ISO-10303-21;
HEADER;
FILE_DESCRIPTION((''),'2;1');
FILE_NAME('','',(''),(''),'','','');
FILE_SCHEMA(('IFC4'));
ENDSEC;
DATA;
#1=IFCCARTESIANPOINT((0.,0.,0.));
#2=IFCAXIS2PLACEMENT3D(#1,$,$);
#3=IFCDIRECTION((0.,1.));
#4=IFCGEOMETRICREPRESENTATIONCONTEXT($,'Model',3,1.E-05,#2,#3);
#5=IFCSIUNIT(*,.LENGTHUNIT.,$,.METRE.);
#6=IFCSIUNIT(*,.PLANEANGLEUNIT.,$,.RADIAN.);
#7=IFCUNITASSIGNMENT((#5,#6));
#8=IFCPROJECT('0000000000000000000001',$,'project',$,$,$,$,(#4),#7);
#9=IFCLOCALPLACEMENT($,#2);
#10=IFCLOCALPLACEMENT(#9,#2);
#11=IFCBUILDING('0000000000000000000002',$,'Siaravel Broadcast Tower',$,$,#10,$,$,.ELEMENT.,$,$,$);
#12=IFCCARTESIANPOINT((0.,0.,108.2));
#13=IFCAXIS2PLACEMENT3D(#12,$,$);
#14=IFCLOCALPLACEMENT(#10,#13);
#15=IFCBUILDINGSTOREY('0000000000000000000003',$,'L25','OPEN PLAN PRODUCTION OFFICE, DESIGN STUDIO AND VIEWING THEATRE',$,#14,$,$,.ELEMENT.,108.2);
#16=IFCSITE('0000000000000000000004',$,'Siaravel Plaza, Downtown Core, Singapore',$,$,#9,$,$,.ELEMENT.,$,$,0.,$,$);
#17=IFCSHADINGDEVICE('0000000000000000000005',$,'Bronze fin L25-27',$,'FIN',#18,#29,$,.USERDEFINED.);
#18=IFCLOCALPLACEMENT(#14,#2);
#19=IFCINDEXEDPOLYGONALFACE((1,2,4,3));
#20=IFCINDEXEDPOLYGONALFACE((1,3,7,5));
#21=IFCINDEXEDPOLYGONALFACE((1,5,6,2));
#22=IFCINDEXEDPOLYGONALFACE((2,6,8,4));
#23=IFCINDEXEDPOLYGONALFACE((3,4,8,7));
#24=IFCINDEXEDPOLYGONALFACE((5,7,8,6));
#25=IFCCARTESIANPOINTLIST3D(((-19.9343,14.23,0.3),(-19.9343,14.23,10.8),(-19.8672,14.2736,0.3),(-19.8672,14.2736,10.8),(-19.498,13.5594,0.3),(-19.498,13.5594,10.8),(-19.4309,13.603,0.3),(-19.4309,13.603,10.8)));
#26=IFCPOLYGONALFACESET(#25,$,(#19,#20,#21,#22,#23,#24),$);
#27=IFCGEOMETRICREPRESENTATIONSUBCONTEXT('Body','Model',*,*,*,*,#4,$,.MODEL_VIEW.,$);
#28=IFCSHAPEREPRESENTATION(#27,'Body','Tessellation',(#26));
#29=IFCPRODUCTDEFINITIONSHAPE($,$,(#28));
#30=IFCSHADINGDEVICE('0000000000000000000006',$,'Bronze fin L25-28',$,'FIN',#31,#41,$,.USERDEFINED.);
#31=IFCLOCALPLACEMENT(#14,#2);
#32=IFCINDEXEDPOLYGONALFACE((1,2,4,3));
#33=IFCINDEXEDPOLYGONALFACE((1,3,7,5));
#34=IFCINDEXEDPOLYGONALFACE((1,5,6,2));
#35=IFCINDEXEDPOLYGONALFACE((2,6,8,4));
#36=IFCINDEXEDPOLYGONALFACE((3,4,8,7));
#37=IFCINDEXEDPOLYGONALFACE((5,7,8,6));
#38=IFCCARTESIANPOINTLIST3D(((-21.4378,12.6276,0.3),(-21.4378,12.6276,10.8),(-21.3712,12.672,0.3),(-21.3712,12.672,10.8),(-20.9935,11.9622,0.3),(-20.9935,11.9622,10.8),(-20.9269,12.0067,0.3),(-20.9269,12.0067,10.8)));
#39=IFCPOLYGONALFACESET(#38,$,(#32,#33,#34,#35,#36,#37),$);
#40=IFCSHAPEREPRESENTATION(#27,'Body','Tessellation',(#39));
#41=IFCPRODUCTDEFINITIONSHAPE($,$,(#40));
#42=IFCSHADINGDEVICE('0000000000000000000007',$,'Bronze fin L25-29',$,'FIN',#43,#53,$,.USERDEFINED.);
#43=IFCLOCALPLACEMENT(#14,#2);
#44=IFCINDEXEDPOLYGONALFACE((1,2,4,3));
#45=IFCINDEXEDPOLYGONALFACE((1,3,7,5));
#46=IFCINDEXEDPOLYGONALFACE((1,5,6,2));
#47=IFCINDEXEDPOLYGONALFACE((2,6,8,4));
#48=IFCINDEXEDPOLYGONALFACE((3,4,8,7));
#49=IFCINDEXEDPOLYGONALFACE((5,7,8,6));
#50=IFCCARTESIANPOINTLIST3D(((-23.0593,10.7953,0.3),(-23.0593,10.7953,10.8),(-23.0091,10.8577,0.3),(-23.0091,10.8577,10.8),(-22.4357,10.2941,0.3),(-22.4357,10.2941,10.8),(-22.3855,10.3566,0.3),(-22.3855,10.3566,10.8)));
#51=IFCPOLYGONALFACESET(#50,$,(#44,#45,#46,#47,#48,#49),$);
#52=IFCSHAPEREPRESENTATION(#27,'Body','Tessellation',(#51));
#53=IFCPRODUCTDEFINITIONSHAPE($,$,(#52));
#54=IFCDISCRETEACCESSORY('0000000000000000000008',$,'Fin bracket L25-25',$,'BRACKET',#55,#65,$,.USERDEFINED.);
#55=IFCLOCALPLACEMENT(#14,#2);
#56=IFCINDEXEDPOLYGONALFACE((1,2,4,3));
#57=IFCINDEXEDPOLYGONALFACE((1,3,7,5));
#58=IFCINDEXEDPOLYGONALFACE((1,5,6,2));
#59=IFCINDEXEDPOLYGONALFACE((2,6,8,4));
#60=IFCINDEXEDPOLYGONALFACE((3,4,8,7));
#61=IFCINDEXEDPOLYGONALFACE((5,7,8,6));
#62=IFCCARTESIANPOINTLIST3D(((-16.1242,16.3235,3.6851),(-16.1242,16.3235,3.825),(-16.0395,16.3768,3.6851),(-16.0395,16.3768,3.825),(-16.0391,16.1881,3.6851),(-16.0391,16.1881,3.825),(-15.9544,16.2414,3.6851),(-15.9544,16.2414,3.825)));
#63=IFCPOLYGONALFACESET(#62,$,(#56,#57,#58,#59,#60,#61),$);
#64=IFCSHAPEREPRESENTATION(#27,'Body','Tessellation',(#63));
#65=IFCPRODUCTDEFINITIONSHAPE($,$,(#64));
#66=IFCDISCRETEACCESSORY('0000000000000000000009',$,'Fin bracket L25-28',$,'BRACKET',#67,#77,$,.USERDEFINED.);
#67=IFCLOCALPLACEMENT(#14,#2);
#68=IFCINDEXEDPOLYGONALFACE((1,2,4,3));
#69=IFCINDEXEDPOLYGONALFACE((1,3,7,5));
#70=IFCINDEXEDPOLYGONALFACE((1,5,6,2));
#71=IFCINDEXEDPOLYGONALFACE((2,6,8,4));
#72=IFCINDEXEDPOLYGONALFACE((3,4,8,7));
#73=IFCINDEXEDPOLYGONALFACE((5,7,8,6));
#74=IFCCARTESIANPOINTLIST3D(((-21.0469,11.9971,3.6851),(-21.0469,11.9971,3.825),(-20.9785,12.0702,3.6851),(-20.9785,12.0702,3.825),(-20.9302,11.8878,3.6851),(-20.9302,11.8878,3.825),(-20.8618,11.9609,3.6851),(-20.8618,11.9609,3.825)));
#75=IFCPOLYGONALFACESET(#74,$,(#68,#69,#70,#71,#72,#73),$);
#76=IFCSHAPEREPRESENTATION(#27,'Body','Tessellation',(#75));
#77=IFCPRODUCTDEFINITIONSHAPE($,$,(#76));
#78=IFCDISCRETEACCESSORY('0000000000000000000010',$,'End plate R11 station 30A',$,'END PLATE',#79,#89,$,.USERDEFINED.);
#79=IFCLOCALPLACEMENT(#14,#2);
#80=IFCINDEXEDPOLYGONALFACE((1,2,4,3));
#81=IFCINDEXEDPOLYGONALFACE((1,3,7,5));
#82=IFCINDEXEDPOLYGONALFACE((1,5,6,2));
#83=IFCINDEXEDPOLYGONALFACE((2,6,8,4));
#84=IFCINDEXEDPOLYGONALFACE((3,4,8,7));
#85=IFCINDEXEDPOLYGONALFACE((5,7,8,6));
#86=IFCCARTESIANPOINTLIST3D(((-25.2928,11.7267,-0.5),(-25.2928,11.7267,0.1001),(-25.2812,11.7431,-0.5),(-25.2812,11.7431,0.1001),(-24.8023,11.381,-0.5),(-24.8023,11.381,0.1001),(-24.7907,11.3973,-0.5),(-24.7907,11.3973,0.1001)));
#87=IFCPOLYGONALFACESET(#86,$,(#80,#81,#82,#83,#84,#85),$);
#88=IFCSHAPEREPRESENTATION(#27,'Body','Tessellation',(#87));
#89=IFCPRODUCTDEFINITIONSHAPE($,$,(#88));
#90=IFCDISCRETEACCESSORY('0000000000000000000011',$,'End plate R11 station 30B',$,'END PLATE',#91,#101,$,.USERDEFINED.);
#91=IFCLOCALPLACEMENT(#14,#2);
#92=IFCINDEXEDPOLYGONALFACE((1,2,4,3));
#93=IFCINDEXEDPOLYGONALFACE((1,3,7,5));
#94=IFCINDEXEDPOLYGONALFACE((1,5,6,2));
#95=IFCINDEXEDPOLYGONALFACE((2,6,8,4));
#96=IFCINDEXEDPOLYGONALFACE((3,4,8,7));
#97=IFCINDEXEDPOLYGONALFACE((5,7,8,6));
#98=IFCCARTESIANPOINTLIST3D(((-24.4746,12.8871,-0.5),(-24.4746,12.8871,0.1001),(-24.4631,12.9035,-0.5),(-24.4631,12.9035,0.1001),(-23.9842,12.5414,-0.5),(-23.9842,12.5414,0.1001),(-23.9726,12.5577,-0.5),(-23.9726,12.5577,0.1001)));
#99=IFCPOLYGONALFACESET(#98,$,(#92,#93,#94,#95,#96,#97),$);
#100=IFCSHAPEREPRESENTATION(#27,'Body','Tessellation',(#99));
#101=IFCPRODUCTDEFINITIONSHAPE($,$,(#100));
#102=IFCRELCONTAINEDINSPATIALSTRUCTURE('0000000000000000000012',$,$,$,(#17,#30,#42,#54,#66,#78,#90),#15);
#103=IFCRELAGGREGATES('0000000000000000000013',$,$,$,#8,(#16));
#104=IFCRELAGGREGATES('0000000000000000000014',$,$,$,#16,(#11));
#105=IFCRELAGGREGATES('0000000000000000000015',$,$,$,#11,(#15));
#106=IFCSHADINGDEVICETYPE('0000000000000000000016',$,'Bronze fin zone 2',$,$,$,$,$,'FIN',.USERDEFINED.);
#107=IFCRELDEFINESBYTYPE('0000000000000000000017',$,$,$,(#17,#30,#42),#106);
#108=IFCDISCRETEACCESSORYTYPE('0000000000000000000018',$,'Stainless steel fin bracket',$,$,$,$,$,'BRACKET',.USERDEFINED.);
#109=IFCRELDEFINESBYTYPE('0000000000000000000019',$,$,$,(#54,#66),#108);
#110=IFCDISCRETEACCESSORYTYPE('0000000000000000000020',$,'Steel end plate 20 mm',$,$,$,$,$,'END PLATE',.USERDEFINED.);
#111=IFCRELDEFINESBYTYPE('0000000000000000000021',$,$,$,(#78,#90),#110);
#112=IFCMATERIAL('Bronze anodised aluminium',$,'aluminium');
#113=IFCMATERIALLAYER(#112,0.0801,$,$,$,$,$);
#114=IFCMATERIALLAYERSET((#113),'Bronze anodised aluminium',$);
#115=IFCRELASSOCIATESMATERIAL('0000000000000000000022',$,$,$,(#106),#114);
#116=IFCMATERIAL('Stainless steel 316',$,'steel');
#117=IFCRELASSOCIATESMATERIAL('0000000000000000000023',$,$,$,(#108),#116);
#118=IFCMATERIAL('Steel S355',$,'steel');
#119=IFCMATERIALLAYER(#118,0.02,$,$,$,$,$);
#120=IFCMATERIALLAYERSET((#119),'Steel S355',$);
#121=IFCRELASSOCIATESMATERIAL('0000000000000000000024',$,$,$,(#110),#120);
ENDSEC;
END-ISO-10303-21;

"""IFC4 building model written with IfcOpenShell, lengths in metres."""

from ifc_helpers import new_model, si_unit, direction, frame, origin, origin_2d, place, context, subcontext, project, spatial, rectangle, extrude, material, layer, layer_set, type_object, element, save


model = new_model("IFC4")

# Units and contexts
model_context = context("Model", 3, precision=1e-05, world=origin(), true_north=direction((0.0, 1.0)))
body_context = subcontext(model_context, "Body", "Model", "MODEL_VIEW")
ifc_project = project(units=[si_unit("LENGTHUNIT", "METRE"), si_unit("PLANEANGLEUNIT", "RADIAN")], contexts=[model_context])

# Site, building, storey
site_placement = place(None, origin())
site = spatial("IfcSite", under=ifc_project, at=site_placement, Name="Siaravel Plaza, Downtown Core, Singapore", CompositionType="ELEMENT", RefElevation=0.0)
building_placement = place(site_placement, origin())
building = spatial("IfcBuilding", under=site, at=building_placement, Name="Siaravel Broadcast Tower", CompositionType="ELEMENT")
storey_placement = place(building_placement, frame((0.0, 0.0, 108.2)))
storey = spatial("IfcBuildingStorey", under=building, at=storey_placement, Name="L25", Description="OPEN PLAN PRODUCTION OFFICE, DESIGN STUDIO AND VIEWING THEATRE", CompositionType="ELEMENT", Elevation=108.2)

# Shared definitions
ifc_material_1 = material(Name="Steel S355", Category="steel")

# Shading devices
ifc_material_2 = material(Name="Bronze anodised aluminium", Category="aluminium")
ifc_layer_1 = layer(ifc_material_2, 0.0801)
ifc_layer_set_1 = layer_set([ifc_layer_1], Name="Bronze anodised aluminium")
shading_device_type = type_object("IfcShadingDeviceType", Name="Bronze fin zone 2", ElementType="FIN", PredefinedType="USERDEFINED", material=ifc_layer_set_1)
for number, where, z_axis, x_axis, name in (
    (1, (-19.6826, 13.9165, 0.3), (0.0, 0.0, 1.0), (-0.545381, 0.838188, 0.0), "Bronze fin L25-27"),
    (2, (-21.1824, 12.3171, 0.3), (0.0, 0.0, 1.0), (-0.555386, 0.831593, 0.0), "Bronze fin L25-28"),
    (3, (-22.7224, 10.5759, 0.3), (0.0, 0.0, 1.0), (-0.779482, 0.626424, 0.0), "Bronze fin L25-29"),
):
    element("IfcShadingDevice", number, at=place(storey_placement, frame(where, z_axis=z_axis, x_axis=x_axis)), inside=storey, type_object=shading_device_type, Name=name, ObjectType="FIN", PredefinedType="USERDEFINED", context=body_context, shape_type="SweptSolid", body=[
        extrude(rectangle(XDim=0.8, YDim=0.0801, at=origin_2d()), origin(), (0.0, 0.0, 1.0), 10.5),
    ])

# Discrete accessories
ifc_material_3 = material(Name="Stainless steel 316", Category="steel")
discrete_accessory_type_1 = type_object("IfcDiscreteAccessoryType", Name="Stainless steel fin bracket", ElementType="BRACKET", PredefinedType="USERDEFINED", material=ifc_material_3)
for number, where, z_axis, x_axis, name in (
    (4, (-16.0393, 16.2825, 3.6851), (0.0, 0.0, 1.0), (-0.532149, 0.84665, 0.0), "Fin bracket L25-25"),
    (5, (-20.9543, 11.979, 3.6851), (0.0, 0.0, 1.0), (-0.729804, 0.683656, 0.0), "Fin bracket L25-28"),
):
    element("IfcDiscreteAccessory", number, at=place(storey_placement, frame(where, z_axis=z_axis, x_axis=x_axis)), inside=storey, type_object=discrete_accessory_type_1, Name=name, ObjectType="BRACKET", PredefinedType="USERDEFINED", context=body_context, shape_type="SweptSolid", body=[
        extrude(rectangle(XDim=0.1599, YDim=0.1001, at=origin_2d()), origin(), (0.0, 0.0, 1.0), 0.1399),
    ])
ifc_layer_2 = layer(ifc_material_1, 0.02)
ifc_layer_set_2 = layer_set([ifc_layer_2], Name="Steel S355")
discrete_accessory_type_2 = type_object("IfcDiscreteAccessoryType", Name="Steel end plate 20 mm", ElementType="END PLATE", PredefinedType="USERDEFINED", material=ifc_layer_set_2)
for number, where, z_axis, x_axis, name in (
    (6, (-25.0417, 11.562, -0.5), (0.0, 0.0, 1.0), (-0.57612, -0.817365, 0.0), "End plate R11 station 30A"),
    (7, (-24.2236, 12.7224, -0.5), (0.0, 0.0, 1.0), (-0.57612, -0.817365, 0.0), "End plate R11 station 30B"),
):
    element("IfcDiscreteAccessory", number, at=place(storey_placement, frame(where, z_axis=z_axis, x_axis=x_axis)), inside=storey, type_object=discrete_accessory_type_2, Name=name, ObjectType="END PLATE", PredefinedType="USERDEFINED", context=body_context, shape_type="SweptSolid", body=[
        extrude(rectangle(XDim=0.02, YDim=0.6001, at=origin_2d()), origin(), (0.0, 0.0, 1.0), 0.6001),
    ])

save(model, "model.ifc")
